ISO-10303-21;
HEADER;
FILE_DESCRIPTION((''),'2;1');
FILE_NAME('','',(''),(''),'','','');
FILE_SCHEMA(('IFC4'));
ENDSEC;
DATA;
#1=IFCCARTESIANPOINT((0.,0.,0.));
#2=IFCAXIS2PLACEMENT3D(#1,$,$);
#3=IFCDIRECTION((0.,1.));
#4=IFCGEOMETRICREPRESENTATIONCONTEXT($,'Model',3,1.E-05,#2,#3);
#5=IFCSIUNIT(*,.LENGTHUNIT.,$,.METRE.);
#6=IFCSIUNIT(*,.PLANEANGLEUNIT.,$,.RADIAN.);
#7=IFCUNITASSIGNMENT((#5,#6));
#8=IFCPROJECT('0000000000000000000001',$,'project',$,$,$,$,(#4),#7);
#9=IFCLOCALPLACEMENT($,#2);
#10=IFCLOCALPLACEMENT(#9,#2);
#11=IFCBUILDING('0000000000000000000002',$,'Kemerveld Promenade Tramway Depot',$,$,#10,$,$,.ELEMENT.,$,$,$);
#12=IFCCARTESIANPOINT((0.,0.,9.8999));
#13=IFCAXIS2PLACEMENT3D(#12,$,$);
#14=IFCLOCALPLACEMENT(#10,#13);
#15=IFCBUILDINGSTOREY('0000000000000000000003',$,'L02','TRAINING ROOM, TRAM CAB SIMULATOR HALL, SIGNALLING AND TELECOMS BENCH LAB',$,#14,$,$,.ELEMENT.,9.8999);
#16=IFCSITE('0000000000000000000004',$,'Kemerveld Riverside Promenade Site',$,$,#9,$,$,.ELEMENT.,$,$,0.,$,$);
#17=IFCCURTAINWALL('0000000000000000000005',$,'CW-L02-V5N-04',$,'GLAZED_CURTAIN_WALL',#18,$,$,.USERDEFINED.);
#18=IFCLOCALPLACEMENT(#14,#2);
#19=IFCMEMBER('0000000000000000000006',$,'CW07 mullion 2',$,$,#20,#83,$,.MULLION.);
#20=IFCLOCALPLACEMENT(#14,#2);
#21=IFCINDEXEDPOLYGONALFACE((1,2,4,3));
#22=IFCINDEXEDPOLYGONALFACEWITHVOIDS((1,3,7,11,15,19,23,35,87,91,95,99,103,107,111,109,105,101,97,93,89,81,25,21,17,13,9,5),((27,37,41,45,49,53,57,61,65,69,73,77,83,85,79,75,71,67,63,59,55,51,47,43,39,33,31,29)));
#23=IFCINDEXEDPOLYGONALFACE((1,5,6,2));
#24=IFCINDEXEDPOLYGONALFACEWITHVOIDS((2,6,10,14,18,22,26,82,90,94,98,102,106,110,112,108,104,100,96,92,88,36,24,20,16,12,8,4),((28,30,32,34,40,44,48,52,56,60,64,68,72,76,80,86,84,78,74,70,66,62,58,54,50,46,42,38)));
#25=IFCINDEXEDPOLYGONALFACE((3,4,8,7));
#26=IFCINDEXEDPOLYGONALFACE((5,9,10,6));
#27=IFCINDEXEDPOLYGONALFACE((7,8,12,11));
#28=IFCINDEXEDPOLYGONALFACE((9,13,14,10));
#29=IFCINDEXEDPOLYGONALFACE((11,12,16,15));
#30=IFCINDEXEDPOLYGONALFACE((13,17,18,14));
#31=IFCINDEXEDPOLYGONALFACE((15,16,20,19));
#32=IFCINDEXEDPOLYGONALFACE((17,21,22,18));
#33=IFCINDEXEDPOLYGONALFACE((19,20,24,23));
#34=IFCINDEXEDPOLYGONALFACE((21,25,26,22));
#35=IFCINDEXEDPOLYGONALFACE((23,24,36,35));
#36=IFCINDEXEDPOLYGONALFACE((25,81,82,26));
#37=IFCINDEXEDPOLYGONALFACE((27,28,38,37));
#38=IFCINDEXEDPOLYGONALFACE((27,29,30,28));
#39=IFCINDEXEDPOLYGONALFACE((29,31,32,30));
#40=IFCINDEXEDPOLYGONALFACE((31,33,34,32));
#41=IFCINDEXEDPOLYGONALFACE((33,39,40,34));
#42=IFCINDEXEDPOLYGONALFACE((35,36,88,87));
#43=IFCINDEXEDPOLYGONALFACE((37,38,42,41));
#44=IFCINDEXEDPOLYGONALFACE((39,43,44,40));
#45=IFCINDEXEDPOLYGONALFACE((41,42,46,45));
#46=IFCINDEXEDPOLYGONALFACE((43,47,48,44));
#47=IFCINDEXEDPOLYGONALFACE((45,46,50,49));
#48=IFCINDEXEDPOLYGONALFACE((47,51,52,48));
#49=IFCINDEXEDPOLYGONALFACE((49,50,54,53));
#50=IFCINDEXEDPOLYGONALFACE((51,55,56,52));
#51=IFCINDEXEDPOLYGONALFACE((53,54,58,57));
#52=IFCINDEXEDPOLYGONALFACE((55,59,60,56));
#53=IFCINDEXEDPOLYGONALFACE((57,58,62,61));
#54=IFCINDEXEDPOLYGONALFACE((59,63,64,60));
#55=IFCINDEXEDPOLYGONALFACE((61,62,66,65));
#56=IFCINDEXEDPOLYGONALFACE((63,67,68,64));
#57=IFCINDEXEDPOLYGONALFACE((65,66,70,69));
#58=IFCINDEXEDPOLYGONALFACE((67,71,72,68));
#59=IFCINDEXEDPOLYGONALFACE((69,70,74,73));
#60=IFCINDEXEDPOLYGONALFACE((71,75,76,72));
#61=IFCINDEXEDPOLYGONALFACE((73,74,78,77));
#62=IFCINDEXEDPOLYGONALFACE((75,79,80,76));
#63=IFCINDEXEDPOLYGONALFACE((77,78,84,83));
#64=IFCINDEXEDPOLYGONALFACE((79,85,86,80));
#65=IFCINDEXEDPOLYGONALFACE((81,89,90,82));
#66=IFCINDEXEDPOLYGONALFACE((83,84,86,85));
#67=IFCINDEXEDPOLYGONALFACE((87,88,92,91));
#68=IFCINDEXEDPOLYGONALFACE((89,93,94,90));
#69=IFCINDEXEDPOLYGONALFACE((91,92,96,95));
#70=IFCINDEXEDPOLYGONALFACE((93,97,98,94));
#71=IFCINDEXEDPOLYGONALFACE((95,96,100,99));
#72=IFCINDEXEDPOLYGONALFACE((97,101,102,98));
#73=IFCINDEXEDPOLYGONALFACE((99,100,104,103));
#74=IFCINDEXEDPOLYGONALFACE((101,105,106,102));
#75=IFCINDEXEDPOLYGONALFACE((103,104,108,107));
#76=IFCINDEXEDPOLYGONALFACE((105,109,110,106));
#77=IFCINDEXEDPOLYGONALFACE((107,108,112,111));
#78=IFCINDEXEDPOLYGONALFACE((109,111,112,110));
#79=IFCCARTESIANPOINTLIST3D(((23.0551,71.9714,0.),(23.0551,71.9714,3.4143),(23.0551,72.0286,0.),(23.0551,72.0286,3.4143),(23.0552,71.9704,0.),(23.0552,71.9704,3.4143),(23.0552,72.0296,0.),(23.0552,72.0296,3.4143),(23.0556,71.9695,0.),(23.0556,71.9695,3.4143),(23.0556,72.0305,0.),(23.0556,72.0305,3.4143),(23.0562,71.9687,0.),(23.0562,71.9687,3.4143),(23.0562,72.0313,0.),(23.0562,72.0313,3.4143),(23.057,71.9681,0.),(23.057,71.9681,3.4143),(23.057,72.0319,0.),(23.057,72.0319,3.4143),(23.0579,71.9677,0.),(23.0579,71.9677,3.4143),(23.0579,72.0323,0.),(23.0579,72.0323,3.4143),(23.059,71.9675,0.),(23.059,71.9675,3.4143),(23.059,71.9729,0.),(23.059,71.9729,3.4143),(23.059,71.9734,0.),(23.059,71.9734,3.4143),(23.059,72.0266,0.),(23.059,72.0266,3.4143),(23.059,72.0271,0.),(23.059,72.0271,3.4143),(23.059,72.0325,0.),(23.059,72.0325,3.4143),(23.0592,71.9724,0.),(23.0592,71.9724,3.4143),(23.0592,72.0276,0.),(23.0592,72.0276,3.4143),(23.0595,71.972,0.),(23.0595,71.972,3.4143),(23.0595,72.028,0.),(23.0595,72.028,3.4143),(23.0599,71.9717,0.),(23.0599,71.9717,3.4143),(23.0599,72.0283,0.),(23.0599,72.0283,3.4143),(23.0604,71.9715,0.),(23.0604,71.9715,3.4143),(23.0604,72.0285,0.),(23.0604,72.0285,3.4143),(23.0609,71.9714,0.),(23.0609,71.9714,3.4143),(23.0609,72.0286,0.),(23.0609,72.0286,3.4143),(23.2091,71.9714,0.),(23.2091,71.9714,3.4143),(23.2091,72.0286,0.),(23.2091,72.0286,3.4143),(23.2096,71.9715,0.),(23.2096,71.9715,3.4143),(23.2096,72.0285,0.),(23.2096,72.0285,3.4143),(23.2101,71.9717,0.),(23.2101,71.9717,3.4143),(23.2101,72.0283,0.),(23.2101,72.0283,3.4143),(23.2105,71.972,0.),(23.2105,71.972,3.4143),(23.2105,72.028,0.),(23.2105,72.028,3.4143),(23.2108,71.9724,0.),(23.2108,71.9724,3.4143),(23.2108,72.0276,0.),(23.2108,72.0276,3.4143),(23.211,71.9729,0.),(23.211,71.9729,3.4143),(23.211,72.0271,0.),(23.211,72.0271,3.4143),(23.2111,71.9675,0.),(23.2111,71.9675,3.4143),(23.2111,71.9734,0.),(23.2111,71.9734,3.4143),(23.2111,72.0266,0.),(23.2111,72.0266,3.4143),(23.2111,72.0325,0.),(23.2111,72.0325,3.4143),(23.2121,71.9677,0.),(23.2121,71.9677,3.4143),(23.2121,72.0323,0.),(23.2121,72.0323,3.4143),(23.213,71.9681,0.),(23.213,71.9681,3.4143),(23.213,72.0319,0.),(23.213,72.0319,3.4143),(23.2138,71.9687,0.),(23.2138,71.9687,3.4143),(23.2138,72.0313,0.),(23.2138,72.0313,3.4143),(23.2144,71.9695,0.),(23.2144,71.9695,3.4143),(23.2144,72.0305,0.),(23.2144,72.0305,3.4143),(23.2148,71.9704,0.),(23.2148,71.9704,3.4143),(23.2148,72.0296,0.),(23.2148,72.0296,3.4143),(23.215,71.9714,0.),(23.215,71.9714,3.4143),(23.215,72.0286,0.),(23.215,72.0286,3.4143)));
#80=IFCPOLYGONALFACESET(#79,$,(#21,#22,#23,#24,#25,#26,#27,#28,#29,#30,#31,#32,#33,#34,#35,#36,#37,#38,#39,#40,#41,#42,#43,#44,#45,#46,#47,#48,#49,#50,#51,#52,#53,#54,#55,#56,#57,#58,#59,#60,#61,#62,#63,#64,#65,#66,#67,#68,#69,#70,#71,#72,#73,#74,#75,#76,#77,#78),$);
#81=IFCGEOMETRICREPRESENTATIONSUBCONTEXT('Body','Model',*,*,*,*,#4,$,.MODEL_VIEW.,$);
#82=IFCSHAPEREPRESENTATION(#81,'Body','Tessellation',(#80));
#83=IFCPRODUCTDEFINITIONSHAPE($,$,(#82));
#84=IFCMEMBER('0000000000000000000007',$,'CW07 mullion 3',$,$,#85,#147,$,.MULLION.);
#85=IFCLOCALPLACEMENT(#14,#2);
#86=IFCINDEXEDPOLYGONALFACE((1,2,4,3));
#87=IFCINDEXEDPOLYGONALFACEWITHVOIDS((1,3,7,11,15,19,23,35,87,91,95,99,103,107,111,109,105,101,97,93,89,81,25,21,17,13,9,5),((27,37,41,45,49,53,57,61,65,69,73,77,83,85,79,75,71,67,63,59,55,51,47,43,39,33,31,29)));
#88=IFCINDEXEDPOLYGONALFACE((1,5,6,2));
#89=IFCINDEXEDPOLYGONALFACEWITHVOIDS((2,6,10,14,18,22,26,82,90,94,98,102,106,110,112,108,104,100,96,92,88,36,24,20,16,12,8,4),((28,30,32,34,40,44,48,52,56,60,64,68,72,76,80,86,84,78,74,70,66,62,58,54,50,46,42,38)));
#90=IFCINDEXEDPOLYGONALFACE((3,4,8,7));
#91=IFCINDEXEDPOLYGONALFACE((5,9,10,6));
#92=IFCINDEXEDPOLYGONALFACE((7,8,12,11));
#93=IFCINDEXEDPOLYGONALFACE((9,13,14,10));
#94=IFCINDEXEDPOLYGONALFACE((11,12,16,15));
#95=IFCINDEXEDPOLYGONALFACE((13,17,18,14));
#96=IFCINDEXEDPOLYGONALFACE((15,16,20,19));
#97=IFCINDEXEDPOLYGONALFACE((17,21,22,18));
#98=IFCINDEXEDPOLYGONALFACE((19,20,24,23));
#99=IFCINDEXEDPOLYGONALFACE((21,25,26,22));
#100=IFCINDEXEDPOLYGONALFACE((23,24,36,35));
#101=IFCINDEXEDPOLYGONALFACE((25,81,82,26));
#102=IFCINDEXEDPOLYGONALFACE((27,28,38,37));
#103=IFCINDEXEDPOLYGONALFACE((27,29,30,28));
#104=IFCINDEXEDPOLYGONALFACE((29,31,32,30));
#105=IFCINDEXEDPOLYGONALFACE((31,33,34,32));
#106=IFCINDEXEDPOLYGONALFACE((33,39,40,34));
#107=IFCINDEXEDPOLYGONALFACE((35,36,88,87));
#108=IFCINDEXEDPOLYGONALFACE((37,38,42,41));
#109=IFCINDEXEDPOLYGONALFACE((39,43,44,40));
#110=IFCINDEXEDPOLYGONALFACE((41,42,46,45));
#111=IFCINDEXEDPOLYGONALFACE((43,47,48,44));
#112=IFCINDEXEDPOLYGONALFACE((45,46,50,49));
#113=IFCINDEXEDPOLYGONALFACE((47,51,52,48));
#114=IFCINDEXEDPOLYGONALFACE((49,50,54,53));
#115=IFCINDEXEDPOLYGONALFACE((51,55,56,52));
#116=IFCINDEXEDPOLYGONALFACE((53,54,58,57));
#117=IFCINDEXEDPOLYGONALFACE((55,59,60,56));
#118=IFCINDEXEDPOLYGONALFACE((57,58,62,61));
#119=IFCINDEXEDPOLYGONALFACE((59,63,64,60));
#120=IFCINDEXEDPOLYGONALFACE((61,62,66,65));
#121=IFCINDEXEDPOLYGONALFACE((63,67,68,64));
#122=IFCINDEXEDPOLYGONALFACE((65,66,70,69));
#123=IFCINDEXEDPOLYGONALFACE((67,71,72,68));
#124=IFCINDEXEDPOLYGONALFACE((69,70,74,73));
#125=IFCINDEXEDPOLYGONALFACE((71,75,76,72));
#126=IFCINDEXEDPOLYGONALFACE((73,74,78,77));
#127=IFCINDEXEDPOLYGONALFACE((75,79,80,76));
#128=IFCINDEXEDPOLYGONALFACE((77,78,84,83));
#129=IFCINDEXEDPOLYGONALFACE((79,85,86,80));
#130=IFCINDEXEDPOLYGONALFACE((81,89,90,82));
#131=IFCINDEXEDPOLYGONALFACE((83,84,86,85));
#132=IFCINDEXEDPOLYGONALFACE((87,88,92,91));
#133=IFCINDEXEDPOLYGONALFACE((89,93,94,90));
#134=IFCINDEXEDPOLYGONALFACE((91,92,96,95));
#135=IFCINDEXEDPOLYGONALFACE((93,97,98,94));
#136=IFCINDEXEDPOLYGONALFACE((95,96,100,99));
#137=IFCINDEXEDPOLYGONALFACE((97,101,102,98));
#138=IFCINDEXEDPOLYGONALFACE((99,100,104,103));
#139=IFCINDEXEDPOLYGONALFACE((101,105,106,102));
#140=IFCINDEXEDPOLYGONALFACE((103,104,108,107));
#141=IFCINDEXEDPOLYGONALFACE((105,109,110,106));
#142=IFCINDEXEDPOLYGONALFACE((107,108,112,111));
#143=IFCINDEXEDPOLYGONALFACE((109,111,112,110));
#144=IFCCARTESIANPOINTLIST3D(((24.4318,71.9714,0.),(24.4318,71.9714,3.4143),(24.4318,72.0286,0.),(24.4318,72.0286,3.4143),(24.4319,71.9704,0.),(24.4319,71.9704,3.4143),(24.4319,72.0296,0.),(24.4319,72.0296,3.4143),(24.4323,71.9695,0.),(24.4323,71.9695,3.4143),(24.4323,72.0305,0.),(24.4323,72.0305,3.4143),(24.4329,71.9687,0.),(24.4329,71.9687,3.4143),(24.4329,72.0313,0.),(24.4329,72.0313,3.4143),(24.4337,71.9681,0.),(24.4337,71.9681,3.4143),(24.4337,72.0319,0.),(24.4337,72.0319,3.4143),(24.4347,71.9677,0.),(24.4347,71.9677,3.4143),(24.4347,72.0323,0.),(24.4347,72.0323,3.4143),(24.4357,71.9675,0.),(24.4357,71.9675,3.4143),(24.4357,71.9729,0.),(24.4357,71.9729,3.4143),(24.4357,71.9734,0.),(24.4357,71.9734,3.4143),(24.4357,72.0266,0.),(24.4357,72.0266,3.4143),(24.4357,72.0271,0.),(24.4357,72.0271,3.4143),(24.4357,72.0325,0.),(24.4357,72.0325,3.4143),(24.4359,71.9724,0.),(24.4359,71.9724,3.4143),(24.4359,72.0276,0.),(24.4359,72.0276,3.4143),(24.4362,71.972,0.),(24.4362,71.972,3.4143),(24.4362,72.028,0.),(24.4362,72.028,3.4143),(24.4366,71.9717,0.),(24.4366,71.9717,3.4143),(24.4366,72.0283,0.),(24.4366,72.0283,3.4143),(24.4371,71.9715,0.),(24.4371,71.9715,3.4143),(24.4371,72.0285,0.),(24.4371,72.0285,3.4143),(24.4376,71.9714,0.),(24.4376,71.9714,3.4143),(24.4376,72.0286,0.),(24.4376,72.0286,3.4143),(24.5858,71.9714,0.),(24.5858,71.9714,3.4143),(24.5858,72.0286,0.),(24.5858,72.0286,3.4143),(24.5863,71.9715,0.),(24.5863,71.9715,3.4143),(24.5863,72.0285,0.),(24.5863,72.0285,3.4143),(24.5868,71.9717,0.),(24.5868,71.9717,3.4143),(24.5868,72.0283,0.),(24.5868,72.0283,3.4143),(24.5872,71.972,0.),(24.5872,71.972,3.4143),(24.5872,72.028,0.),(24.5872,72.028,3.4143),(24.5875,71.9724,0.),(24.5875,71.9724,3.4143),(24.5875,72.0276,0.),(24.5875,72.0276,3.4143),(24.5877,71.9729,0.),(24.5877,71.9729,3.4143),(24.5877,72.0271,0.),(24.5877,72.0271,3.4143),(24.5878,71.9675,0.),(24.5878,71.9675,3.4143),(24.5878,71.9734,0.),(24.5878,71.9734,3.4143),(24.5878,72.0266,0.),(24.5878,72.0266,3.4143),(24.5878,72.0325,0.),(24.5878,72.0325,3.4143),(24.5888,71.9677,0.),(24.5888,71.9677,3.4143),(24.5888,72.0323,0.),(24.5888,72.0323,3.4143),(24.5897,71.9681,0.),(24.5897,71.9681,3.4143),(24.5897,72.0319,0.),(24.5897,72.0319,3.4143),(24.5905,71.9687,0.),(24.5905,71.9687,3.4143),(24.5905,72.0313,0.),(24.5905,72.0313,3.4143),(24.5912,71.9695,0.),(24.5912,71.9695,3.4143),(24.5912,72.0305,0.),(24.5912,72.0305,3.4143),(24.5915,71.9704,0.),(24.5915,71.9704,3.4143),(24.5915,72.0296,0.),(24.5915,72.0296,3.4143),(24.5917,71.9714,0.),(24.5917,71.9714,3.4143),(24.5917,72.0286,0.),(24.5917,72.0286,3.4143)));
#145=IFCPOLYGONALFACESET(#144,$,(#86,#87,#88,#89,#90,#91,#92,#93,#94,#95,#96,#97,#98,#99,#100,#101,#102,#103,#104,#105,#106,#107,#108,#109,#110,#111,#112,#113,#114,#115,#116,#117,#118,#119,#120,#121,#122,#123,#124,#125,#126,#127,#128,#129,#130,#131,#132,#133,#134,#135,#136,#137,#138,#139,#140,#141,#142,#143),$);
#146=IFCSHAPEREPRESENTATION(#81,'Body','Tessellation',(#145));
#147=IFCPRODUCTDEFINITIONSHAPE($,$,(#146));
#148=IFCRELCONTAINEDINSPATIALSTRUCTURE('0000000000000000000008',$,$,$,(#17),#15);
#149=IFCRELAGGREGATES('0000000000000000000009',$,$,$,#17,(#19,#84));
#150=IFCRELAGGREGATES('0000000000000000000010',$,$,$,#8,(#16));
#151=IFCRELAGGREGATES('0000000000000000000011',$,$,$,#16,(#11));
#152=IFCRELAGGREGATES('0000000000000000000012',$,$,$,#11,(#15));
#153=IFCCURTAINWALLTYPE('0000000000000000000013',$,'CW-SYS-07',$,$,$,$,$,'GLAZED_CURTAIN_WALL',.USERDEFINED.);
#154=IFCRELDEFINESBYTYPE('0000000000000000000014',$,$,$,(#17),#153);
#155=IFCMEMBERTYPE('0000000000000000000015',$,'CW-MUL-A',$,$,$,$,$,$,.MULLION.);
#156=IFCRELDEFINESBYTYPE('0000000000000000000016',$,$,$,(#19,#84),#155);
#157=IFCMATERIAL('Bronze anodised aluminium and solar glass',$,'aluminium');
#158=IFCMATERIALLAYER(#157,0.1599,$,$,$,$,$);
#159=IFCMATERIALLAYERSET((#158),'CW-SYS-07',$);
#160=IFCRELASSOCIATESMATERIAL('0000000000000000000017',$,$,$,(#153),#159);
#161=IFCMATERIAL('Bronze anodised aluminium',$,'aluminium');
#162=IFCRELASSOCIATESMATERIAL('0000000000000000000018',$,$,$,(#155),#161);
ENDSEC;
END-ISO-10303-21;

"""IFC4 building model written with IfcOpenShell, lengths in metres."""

from ifc_helpers import new_model, si_unit, direction, frame, origin, origin_2d, place, context, subcontext, project, spatial, hollow_rectangle, extrude, material, layer, layer_set, material_profile, profile_set, type_object, element, aggregate, save


model = new_model("IFC4")

# Units and contexts
model_context = context("Model", 3, precision=1e-05, world=origin(), true_north=direction((0.0, 1.0)))
body_context = subcontext(model_context, "Body", "Model", "MODEL_VIEW")
ifc_project = project(units=[si_unit("LENGTHUNIT", "METRE"), si_unit("PLANEANGLEUNIT", "RADIAN")], contexts=[model_context])

# Site, building, storey
site_placement = place(None, origin())
site = spatial("IfcSite", under=ifc_project, at=site_placement, Name="Kemerveld Riverside Promenade Site", CompositionType="ELEMENT", RefElevation=0.0)
building_placement = place(site_placement, origin())
building = spatial("IfcBuilding", under=site, at=building_placement, Name="Kemerveld Promenade Tramway Depot", CompositionType="ELEMENT")
storey_placement = place(building_placement, frame((0.0, 0.0, 9.8999)))
storey = spatial("IfcBuildingStorey", under=building, at=storey_placement, Name="L02", Description="TRAINING ROOM, TRAM CAB SIMULATOR HALL, SIGNALLING AND TELECOMS BENCH LAB", CompositionType="ELEMENT", Elevation=9.8999)

# Curtain wall, members
ifc_material_1 = material(Name="Bronze anodised aluminium and solar glass", Category="aluminium")
ifc_layer_1 = layer(ifc_material_1, 0.1599)
ifc_layer_set_1 = layer_set([ifc_layer_1], Name="CW-SYS-07")
curtain_wall_type = type_object("IfcCurtainWallType", Name="CW-SYS-07", ElementType="GLAZED_CURTAIN_WALL", PredefinedType="USERDEFINED", material=ifc_layer_set_1)
curtain_wall_placement = place(storey_placement, origin())
curtain_wall = element("IfcCurtainWall", 1, at=curtain_wall_placement, inside=storey, type_object=curtain_wall_type, Name="CW-L02-V5N-04", ObjectType="GLAZED_CURTAIN_WALL", PredefinedType="USERDEFINED")
ifc_material_2 = material(Name="Bronze anodised aluminium", Category="aluminium")
ifc_material_profile_1 = material_profile(ifc_material_2, hollow_rectangle(XDim=0.0649, YDim=0.1599, WallThickness=0.0039, InnerFilletRadius=0.002, OuterFilletRadius=0.0039, at=origin_2d()), Name="CW-MUL-160x65")
ifc_profile_set_1 = profile_set([ifc_material_profile_1], Name="Bronze anodised aluminium")
member_type_1 = type_object("IfcMemberType", Name="CW-MUL-A", PredefinedType="MULLION", material=ifc_profile_set_1)
member_1_placement = place(storey_placement, frame((23.135, 72.0, 0.0), z_axis=(0.0, 0.0, 1.0), x_axis=(0.0, 1.0, 0.0)))
member_1 = element("IfcMember", 2, at=member_1_placement, type_object=member_type_1, Name="CW07 mullion 2", PredefinedType="MULLION", context=body_context, shape_type="SweptSolid", body=[
    extrude(hollow_rectangle(XDim=0.0649, YDim=0.1599, WallThickness=0.0039, InnerFilletRadius=0.002, OuterFilletRadius=0.0039, at=origin_2d()), origin(), (0.0, 0.0, 1.0), 3.4143),
])
member_2_placement = place(storey_placement, frame((24.5117, 72.0, 0.0), z_axis=(0.0, 0.0, 1.0), x_axis=(0.0, 1.0, 0.0)))
member_2 = element("IfcMember", 3, at=member_2_placement, type_object=member_type_1, Name="CW07 mullion 3", PredefinedType="MULLION", context=body_context, shape_type="SweptSolid", body=[
    extrude(hollow_rectangle(XDim=0.0649, YDim=0.1599, WallThickness=0.0039, InnerFilletRadius=0.002, OuterFilletRadius=0.0039, at=origin_2d()), origin(), (0.0, 0.0, 1.0), 3.4143),
])
aggregate(curtain_wall, [member_1, member_2])

save(model, "model.ifc")
